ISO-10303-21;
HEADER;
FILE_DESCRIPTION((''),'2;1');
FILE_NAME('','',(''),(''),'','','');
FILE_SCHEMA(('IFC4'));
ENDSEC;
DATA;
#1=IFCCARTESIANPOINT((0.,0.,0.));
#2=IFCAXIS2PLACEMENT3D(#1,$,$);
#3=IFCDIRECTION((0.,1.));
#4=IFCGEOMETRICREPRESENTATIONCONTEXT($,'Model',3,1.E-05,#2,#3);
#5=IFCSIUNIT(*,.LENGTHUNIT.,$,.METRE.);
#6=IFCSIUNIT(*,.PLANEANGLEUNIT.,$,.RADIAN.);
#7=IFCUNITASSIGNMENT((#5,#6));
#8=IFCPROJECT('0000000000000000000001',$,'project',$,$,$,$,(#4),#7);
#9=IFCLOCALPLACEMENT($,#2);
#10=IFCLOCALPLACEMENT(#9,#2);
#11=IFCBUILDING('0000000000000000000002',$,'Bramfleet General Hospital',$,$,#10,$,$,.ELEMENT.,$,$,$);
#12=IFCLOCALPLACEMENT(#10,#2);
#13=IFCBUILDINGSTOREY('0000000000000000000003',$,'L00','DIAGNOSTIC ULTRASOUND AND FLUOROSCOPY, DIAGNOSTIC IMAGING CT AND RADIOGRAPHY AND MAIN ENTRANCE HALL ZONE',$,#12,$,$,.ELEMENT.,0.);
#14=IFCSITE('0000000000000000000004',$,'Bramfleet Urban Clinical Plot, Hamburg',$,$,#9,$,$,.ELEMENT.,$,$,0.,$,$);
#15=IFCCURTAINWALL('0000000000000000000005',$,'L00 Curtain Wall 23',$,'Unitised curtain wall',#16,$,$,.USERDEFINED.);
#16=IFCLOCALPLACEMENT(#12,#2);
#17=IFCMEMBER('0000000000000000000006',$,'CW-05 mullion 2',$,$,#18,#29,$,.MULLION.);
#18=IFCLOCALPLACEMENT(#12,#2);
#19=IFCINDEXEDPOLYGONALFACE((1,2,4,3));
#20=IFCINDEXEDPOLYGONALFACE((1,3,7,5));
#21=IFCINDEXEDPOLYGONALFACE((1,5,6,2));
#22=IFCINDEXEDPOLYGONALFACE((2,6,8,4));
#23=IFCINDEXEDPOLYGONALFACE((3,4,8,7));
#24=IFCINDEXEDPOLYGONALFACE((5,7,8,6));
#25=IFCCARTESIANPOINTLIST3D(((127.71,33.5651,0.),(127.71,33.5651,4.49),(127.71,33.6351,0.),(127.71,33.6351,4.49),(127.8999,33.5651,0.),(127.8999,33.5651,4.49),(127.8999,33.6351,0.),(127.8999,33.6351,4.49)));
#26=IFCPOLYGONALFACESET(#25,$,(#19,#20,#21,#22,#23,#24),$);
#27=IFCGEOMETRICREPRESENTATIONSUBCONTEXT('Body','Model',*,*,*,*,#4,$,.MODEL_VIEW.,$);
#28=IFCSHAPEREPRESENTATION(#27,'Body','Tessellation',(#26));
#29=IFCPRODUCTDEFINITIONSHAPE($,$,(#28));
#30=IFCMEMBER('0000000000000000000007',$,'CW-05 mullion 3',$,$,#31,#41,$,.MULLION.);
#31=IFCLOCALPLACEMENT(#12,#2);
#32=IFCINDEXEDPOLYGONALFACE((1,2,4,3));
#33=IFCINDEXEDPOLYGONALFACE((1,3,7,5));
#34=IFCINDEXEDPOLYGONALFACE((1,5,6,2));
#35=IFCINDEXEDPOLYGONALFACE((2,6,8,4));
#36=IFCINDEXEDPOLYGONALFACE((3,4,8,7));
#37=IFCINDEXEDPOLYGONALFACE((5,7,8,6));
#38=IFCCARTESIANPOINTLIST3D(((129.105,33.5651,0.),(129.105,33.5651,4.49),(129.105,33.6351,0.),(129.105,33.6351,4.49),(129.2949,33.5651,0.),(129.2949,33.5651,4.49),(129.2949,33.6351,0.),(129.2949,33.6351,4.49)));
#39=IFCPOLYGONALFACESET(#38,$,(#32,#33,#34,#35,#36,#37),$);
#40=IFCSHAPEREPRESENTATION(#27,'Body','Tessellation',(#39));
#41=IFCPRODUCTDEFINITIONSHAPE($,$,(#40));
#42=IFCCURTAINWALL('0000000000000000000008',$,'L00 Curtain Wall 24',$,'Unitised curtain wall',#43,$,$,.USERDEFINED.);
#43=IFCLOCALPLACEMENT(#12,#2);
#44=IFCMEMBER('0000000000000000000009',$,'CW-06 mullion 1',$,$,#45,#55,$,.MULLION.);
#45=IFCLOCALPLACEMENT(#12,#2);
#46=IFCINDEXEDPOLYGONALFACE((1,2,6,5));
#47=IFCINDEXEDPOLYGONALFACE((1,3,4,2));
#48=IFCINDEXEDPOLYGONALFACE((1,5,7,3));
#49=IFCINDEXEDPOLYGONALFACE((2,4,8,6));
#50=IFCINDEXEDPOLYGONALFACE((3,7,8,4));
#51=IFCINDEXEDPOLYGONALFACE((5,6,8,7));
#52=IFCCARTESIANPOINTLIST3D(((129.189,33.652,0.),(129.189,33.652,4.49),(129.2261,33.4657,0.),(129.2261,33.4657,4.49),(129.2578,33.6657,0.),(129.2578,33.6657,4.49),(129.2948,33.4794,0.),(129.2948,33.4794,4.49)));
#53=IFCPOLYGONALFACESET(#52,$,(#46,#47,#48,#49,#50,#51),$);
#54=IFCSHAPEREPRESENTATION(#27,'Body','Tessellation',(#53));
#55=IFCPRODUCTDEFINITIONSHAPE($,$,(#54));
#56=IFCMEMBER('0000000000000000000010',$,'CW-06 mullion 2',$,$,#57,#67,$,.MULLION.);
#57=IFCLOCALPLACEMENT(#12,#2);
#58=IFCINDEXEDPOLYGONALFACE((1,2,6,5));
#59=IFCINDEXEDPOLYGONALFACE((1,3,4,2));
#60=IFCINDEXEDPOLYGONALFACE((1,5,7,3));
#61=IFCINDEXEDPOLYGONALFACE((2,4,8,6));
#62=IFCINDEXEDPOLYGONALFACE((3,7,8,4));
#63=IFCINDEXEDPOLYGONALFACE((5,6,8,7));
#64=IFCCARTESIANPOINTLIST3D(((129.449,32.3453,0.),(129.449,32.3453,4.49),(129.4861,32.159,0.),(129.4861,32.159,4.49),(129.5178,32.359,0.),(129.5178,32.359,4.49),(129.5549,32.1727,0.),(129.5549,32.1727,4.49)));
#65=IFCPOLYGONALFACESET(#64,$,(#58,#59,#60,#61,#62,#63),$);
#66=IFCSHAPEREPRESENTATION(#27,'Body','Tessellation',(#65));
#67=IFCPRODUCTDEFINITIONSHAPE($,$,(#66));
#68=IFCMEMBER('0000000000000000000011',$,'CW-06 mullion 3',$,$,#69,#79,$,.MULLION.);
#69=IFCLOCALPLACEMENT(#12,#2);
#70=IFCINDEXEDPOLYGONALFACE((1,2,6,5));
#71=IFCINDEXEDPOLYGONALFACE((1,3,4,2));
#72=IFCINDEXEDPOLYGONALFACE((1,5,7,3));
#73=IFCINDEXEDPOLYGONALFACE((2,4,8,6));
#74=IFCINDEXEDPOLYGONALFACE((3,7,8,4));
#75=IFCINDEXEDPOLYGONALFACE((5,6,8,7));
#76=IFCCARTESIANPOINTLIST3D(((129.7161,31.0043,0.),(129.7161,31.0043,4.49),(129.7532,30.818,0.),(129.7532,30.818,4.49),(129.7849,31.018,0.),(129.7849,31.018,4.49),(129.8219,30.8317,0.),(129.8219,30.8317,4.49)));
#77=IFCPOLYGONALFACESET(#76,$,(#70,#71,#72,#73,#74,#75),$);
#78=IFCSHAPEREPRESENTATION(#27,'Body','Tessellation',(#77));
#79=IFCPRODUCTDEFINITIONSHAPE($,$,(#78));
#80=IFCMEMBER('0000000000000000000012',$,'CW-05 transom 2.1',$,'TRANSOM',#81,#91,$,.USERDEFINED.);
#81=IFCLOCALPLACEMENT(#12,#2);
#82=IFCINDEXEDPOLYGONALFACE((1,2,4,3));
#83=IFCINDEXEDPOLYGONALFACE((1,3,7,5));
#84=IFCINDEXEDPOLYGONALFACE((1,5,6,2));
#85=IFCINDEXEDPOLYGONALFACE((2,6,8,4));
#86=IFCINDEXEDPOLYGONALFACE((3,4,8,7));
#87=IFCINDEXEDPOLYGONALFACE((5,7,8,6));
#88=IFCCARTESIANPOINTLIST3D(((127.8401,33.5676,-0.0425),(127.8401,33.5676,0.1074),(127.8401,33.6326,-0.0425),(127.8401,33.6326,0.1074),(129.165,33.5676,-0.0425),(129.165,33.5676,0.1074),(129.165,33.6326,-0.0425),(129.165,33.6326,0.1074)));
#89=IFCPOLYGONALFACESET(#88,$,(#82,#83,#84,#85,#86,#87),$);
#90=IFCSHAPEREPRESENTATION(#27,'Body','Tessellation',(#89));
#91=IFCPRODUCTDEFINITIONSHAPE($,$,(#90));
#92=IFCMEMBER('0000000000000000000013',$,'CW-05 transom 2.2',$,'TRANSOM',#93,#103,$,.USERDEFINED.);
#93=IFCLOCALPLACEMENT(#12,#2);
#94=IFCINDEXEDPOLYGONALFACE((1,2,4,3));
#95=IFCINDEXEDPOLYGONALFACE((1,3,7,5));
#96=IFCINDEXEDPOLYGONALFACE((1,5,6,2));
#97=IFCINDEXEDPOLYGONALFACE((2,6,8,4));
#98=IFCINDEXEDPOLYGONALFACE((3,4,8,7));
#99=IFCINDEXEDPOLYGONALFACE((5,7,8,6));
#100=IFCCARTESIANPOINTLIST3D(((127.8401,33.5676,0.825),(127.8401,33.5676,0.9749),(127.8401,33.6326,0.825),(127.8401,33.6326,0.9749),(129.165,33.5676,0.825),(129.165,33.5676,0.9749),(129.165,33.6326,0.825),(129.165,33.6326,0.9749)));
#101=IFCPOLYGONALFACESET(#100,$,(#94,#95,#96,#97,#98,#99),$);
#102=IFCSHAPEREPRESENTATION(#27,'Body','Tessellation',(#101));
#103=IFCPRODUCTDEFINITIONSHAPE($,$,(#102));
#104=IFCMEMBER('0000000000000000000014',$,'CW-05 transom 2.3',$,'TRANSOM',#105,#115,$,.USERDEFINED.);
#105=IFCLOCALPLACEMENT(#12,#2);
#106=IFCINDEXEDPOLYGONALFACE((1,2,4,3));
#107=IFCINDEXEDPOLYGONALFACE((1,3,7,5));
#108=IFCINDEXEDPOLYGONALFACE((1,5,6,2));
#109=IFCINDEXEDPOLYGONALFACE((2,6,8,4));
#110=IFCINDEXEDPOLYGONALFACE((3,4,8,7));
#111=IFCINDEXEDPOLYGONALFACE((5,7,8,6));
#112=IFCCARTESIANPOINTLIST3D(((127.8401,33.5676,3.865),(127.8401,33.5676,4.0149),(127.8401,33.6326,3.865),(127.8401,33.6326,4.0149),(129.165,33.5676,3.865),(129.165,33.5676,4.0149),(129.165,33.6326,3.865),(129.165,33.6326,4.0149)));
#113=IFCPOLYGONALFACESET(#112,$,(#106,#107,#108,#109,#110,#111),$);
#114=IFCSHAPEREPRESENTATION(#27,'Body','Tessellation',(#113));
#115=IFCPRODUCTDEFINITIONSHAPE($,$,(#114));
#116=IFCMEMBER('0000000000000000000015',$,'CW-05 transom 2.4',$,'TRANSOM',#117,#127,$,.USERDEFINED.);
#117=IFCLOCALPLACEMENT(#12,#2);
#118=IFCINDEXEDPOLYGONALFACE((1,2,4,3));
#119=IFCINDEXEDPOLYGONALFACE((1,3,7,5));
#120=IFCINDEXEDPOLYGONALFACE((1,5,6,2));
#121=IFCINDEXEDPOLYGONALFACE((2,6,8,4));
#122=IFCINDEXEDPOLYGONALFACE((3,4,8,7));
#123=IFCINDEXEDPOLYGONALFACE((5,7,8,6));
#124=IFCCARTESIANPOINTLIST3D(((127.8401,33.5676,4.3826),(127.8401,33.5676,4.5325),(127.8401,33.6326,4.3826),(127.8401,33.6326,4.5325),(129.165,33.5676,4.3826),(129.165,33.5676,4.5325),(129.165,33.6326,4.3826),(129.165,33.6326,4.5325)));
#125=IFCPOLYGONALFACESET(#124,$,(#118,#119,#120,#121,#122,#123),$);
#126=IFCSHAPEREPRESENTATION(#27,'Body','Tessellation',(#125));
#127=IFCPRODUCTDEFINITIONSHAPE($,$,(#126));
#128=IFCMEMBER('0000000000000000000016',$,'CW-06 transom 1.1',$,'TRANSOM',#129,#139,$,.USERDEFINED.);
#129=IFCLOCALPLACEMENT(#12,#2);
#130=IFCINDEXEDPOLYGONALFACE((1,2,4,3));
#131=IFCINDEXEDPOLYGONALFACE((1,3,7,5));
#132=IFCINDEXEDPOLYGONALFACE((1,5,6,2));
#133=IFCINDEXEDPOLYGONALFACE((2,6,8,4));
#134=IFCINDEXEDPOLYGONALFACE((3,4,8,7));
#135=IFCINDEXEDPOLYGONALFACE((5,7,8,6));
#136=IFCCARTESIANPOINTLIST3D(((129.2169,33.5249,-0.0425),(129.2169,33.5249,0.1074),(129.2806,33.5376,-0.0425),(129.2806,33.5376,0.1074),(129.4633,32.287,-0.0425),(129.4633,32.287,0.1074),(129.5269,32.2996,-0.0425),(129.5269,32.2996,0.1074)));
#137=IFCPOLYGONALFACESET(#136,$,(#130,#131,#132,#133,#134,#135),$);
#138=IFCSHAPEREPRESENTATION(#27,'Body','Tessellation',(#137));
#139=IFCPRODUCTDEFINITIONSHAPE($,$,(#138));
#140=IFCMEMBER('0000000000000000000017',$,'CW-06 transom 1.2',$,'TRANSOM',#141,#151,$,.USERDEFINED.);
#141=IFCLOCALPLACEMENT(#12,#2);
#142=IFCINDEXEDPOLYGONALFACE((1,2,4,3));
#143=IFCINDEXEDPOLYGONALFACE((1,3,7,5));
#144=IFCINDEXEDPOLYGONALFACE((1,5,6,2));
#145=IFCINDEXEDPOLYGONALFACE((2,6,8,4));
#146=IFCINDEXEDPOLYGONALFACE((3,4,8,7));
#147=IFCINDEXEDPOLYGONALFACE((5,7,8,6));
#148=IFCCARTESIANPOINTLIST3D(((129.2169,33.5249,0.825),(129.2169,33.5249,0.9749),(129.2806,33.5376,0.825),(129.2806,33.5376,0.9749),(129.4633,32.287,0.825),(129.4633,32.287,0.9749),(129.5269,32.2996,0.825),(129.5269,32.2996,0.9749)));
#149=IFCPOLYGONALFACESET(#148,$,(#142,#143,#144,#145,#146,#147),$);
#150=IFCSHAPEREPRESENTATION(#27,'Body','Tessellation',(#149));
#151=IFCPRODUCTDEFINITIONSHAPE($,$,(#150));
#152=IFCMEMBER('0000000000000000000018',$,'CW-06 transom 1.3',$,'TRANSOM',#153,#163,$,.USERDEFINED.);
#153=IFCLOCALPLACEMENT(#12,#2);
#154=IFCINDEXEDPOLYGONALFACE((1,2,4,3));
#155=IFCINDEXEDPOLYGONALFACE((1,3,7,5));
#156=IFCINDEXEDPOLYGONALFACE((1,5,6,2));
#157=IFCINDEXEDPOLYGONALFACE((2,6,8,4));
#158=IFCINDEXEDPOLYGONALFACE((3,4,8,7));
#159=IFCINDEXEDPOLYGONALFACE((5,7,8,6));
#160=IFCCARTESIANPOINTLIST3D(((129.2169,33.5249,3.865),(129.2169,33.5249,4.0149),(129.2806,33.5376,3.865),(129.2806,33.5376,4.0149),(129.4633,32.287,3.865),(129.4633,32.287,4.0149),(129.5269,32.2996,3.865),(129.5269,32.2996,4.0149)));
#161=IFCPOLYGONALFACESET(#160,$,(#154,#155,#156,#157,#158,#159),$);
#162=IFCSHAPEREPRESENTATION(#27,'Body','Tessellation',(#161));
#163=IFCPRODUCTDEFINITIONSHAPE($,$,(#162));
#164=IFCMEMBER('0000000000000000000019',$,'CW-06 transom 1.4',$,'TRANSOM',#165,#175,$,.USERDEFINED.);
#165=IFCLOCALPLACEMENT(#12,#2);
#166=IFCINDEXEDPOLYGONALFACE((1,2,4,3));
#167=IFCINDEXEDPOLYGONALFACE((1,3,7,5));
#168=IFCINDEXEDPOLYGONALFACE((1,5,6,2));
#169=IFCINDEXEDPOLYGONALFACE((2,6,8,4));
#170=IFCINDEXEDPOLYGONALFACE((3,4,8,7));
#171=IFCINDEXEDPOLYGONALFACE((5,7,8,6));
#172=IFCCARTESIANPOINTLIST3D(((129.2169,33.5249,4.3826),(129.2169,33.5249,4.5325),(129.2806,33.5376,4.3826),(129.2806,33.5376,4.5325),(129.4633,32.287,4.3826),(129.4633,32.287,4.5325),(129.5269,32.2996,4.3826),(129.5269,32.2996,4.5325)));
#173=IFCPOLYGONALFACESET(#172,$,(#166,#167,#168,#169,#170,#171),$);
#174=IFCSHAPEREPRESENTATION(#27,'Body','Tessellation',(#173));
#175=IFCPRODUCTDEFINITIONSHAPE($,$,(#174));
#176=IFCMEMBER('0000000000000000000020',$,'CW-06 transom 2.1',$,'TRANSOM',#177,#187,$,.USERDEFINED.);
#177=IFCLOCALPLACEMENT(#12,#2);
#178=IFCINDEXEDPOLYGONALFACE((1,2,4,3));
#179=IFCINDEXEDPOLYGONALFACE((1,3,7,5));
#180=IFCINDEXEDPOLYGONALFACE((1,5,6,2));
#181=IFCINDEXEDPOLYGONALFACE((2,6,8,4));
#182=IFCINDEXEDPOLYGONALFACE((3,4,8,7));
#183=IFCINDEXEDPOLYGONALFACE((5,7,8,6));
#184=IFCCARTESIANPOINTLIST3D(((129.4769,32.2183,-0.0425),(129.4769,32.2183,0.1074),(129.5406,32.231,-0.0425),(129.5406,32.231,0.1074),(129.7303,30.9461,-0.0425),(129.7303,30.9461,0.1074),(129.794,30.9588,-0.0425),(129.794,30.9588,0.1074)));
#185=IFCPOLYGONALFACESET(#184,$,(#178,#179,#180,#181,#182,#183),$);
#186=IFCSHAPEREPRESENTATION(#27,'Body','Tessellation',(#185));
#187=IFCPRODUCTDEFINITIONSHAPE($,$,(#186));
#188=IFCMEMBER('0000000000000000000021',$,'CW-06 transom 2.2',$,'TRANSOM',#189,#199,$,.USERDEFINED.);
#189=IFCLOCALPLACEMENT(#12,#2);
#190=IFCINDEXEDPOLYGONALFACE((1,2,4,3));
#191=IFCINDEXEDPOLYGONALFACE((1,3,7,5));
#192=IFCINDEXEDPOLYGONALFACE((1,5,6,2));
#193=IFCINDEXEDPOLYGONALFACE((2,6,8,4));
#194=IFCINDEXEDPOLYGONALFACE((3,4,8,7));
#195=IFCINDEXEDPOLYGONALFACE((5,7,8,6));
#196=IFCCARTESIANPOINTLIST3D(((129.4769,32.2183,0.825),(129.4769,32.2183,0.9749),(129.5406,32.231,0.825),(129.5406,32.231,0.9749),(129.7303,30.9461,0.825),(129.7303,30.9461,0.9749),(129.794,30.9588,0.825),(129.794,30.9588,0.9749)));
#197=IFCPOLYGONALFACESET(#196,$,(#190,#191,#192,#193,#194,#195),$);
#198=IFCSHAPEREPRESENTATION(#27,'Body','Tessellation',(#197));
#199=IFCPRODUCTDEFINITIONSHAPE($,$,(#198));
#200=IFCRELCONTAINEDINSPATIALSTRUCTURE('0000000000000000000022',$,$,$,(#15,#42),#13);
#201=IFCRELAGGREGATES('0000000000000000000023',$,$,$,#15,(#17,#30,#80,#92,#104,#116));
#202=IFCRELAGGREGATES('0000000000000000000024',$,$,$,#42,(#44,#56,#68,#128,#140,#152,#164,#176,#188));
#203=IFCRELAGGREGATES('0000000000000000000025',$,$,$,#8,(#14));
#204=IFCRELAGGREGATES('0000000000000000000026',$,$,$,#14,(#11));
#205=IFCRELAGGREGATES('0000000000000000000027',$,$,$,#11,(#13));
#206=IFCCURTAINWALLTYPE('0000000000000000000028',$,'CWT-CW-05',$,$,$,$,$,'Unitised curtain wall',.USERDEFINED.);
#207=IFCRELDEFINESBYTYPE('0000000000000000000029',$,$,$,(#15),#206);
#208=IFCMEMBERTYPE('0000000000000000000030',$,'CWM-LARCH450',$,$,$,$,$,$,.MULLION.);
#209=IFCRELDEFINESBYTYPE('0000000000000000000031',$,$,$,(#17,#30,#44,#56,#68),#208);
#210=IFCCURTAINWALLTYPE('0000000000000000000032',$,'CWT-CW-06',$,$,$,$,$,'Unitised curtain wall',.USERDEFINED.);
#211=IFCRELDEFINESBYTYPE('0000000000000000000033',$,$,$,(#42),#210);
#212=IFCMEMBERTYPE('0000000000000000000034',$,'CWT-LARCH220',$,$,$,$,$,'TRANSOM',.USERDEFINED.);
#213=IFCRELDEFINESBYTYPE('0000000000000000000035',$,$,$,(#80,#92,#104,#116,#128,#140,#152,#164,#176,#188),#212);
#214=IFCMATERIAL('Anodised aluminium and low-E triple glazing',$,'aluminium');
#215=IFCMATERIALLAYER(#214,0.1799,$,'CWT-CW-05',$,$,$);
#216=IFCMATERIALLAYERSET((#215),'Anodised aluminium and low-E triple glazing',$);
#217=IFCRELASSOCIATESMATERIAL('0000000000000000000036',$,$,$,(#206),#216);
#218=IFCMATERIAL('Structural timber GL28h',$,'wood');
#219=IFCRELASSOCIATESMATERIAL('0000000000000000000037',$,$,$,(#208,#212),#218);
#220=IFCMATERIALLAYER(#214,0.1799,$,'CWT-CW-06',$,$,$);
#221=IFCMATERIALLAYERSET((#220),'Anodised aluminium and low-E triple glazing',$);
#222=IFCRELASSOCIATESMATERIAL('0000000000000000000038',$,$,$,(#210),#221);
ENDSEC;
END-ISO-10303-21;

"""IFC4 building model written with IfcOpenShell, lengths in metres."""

from ifc_helpers import new_model, si_unit, direction, frame, origin, origin_2d, place, context, subcontext, project, spatial, rectangle, extrude, material, layer, layer_set, material_profile, profile_set, type_object, element, aggregate, save


model = new_model("IFC4")

# Units and contexts
model_context = context("Model", 3, precision=1e-05, world=origin(), true_north=direction((0.0, 1.0)))
body_context = subcontext(model_context, "Body", "Model", "MODEL_VIEW")
ifc_project = project(units=[si_unit("LENGTHUNIT", "METRE"), si_unit("PLANEANGLEUNIT", "RADIAN")], contexts=[model_context])

# Site, building, storey
site_placement = place(None, origin())
site = spatial("IfcSite", under=ifc_project, at=site_placement, Name="Bramfleet Urban Clinical Plot, Hamburg", CompositionType="ELEMENT", RefElevation=0.0)
building_placement = place(site_placement, origin())
building = spatial("IfcBuilding", under=site, at=building_placement, Name="Bramfleet General Hospital", CompositionType="ELEMENT")
storey_placement = place(building_placement, origin())
storey = spatial("IfcBuildingStorey", under=building, at=storey_placement, Name="L00", Description="DIAGNOSTIC ULTRASOUND AND FLUOROSCOPY, DIAGNOSTIC IMAGING CT AND RADIOGRAPHY AND MAIN ENTRANCE HALL ZONE", CompositionType="ELEMENT", Elevation=0.0)

# Curtain walls, members
ifc_material_1 = material(Name="Anodised aluminium and low-E triple glazing", Category="aluminium")
ifc_layer_1 = layer(ifc_material_1, 0.1799, Name="CWT-CW-05")
ifc_layer_set_1 = layer_set([ifc_layer_1], Name="Anodised aluminium and low-E triple glazing")
curtain_wall_type_1 = type_object("IfcCurtainWallType", Name="CWT-CW-05", ElementType="Unitised curtain wall", PredefinedType="USERDEFINED", material=ifc_layer_set_1)
curtain_wall_1_placement = place(storey_placement, origin())
curtain_wall_1 = element("IfcCurtainWall", 1, at=curtain_wall_1_placement, inside=storey, type_object=curtain_wall_type_1, Name="L00 Curtain Wall 23", ObjectType="Unitised curtain wall", PredefinedType="USERDEFINED")
ifc_material_2 = material(Name="Structural timber GL28h", Category="wood")
ifc_material_profile_1 = material_profile(ifc_material_2, rectangle(XDim=0.0701, YDim=0.1899, at=origin_2d()), Name="LARCH 190x70")
ifc_profile_set_1 = profile_set([ifc_material_profile_1], Name="Structural timber GL28h")
member_type_1 = type_object("IfcMemberType", Name="CWM-LARCH450", PredefinedType="MULLION", material=ifc_profile_set_1)
member_1_placement = place(storey_placement, frame((127.8049, 33.6001, 0.0), z_axis=(0.0, 0.0, 1.0), x_axis=(0.0, 1.0, 0.0)))
member_1 = element("IfcMember", 2, at=member_1_placement, type_object=member_type_1, Name="CW-05 mullion 2", PredefinedType="MULLION", context=body_context, shape_type="SweptSolid", body=[
    extrude(rectangle(XDim=0.0701, YDim=0.1899, at=origin_2d()), origin(), (0.0, 0.0, 1.0), 4.49),
])
member_2_placement = place(storey_placement, frame((129.2, 33.6001, 0.0), z_axis=(0.0, 0.0, 1.0), x_axis=(0.0, 1.0, 0.0)))
member_2 = element("IfcMember", 3, at=member_2_placement, type_object=member_type_1, Name="CW-05 mullion 3", PredefinedType="MULLION", context=body_context, shape_type="SweptSolid", body=[
    extrude(rectangle(XDim=0.0701, YDim=0.1899, at=origin_2d()), origin(), (0.0, 0.0, 1.0), 4.49),
])
ifc_layer_2 = layer(ifc_material_1, 0.1799, Name="CWT-CW-06")
ifc_layer_set_2 = layer_set([ifc_layer_2], Name="Anodised aluminium and low-E triple glazing")
curtain_wall_type_2 = type_object("IfcCurtainWallType", Name="CWT-CW-06", ElementType="Unitised curtain wall", PredefinedType="USERDEFINED", material=ifc_layer_set_2)
curtain_wall_2_placement = place(storey_placement, origin())
curtain_wall_2 = element("IfcCurtainWall", 4, at=curtain_wall_2_placement, inside=storey, type_object=curtain_wall_type_2, Name="L00 Curtain Wall 24", ObjectType="Unitised curtain wall", PredefinedType="USERDEFINED")
member_3_placement = place(storey_placement, frame((129.2419, 33.5657, 0.0), z_axis=(0.0, 0.0, 1.0), x_axis=(0.980749, 0.195272, 0.0)))
member_3 = element("IfcMember", 5, at=member_3_placement, type_object=member_type_1, Name="CW-06 mullion 1", PredefinedType="MULLION", context=body_context, shape_type="SweptSolid", body=[
    extrude(rectangle(XDim=0.0701, YDim=0.1899, at=origin_2d()), origin(), (0.0, 0.0, 1.0), 4.49),
])
member_4_placement = place(storey_placement, frame((129.502, 32.259, 0.0), z_axis=(0.0, 0.0, 1.0), x_axis=(0.980749, 0.195272, 0.0)))
member_4 = element("IfcMember", 6, at=member_4_placement, type_object=member_type_1, Name="CW-06 mullion 2", PredefinedType="MULLION", context=body_context, shape_type="SweptSolid", body=[
    extrude(rectangle(XDim=0.0701, YDim=0.1899, at=origin_2d()), origin(), (0.0, 0.0, 1.0), 4.49),
])
member_5_placement = place(storey_placement, frame((129.769, 30.918, 0.0), z_axis=(0.0, 0.0, 1.0), x_axis=(0.980749, 0.195272, 0.0)))
member_5 = element("IfcMember", 7, at=member_5_placement, type_object=member_type_1, Name="CW-06 mullion 3", PredefinedType="MULLION", context=body_context, shape_type="SweptSolid", body=[
    extrude(rectangle(XDim=0.0701, YDim=0.1899, at=origin_2d()), origin(), (0.0, 0.0, 1.0), 4.49),
])

# Members
ifc_material_profile_2 = material_profile(ifc_material_2, rectangle(XDim=0.0649, YDim=0.1499, at=origin_2d()), Name="LARCH 150x65")
ifc_profile_set_2 = profile_set([ifc_material_profile_2], Name="Structural timber GL28h")
member_type_2 = type_object("IfcMemberType", Name="CWT-LARCH220", ElementType="TRANSOM", PredefinedType="USERDEFINED", material=ifc_profile_set_2)
member_6_placement = place(storey_placement, frame((127.8401, 33.6001, 0.0325), z_axis=(1.0, 0.0, 0.0), x_axis=(0.0, 1.0, 0.0)))
member_6 = element("IfcMember", 8, at=member_6_placement, type_object=member_type_2, Name="CW-05 transom 2.1", ObjectType="TRANSOM", PredefinedType="USERDEFINED", context=body_context, shape_type="SweptSolid", body=[
    extrude(rectangle(XDim=0.0649, YDim=0.1499, at=origin_2d()), origin(), (0.0, 0.0, 1.0), 1.325),
])
member_7_placement = place(storey_placement, frame((127.8401, 33.6001, 0.8999), z_axis=(1.0, 0.0, 0.0), x_axis=(0.0, 1.0, 0.0)))
member_7 = element("IfcMember", 9, at=member_7_placement, type_object=member_type_2, Name="CW-05 transom 2.2", ObjectType="TRANSOM", PredefinedType="USERDEFINED", context=body_context, shape_type="SweptSolid", body=[
    extrude(rectangle(XDim=0.0649, YDim=0.1499, at=origin_2d()), origin(), (0.0, 0.0, 1.0), 1.325),
])
member_8_placement = place(storey_placement, frame((127.8401, 33.6001, 3.9399), z_axis=(1.0, 0.0, 0.0), x_axis=(0.0, 1.0, 0.0)))
member_8 = element("IfcMember", 10, at=member_8_placement, type_object=member_type_2, Name="CW-05 transom 2.3", ObjectType="TRANSOM", PredefinedType="USERDEFINED", context=body_context, shape_type="SweptSolid", body=[
    extrude(rectangle(XDim=0.0649, YDim=0.1499, at=origin_2d()), origin(), (0.0, 0.0, 1.0), 1.325),
])
member_9_placement = place(storey_placement, frame((127.8401, 33.6001, 4.4575), z_axis=(1.0, 0.0, 0.0), x_axis=(0.0, 1.0, 0.0)))
member_9 = element("IfcMember", 11, at=member_9_placement, type_object=member_type_2, Name="CW-05 transom 2.4", ObjectType="TRANSOM", PredefinedType="USERDEFINED", context=body_context, shape_type="SweptSolid", body=[
    extrude(rectangle(XDim=0.0649, YDim=0.1499, at=origin_2d()), origin(), (0.0, 0.0, 1.0), 1.325),
])
member_10_placement = place(storey_placement, frame((129.2488, 33.5312, 0.0325), z_axis=(0.195149, -0.980774, 0.0), x_axis=(0.980774, 0.195149, 0.0)))
member_10 = element("IfcMember", 12, at=member_10_placement, type_object=member_type_2, Name="CW-06 transom 1.1", ObjectType="TRANSOM", PredefinedType="USERDEFINED", context=body_context, shape_type="SweptSolid", body=[
    extrude(rectangle(XDim=0.0649, YDim=0.1499, at=origin_2d()), origin(), (0.0, 0.0, 1.0), 1.2622),
])
member_11_placement = place(storey_placement, frame((129.2488, 33.5312, 0.8999), z_axis=(0.195149, -0.980774, 0.0), x_axis=(0.980774, 0.195149, 0.0)))
member_11 = element("IfcMember", 13, at=member_11_placement, type_object=member_type_2, Name="CW-06 transom 1.2", ObjectType="TRANSOM", PredefinedType="USERDEFINED", context=body_context, shape_type="SweptSolid", body=[
    extrude(rectangle(XDim=0.0649, YDim=0.1499, at=origin_2d()), origin(), (0.0, 0.0, 1.0), 1.2622),
])
member_12_placement = place(storey_placement, frame((129.2488, 33.5312, 3.9399), z_axis=(0.195149, -0.980774, 0.0), x_axis=(0.980774, 0.195149, 0.0)))
member_12 = element("IfcMember", 14, at=member_12_placement, type_object=member_type_2, Name="CW-06 transom 1.3", ObjectType="TRANSOM", PredefinedType="USERDEFINED", context=body_context, shape_type="SweptSolid", body=[
    extrude(rectangle(XDim=0.0649, YDim=0.1499, at=origin_2d()), origin(), (0.0, 0.0, 1.0), 1.2622),
])
member_13_placement = place(storey_placement, frame((129.2488, 33.5312, 4.4575), z_axis=(0.195149, -0.980774, 0.0), x_axis=(0.980774, 0.195149, 0.0)))
member_13 = element("IfcMember", 15, at=member_13_placement, type_object=member_type_2, Name="CW-06 transom 1.4", ObjectType="TRANSOM", PredefinedType="USERDEFINED", context=body_context, shape_type="SweptSolid", body=[
    extrude(rectangle(XDim=0.0649, YDim=0.1499, at=origin_2d()), origin(), (0.0, 0.0, 1.0), 1.2622),
])
member_14_placement = place(storey_placement, frame((129.5088, 32.2246, 0.0325), z_axis=(0.195356, -0.980732, 0.0), x_axis=(0.980732, 0.195356, 0.0)))
member_14 = element("IfcMember", 16, at=member_14_placement, type_object=member_type_2, Name="CW-06 transom 2.1", ObjectType="TRANSOM", PredefinedType="USERDEFINED", context=body_context, shape_type="SweptSolid", body=[
    extrude(rectangle(XDim=0.0649, YDim=0.1499, at=origin_2d()), origin(), (0.0, 0.0, 1.0), 1.2971),
])
member_15_placement = place(storey_placement, frame((129.5088, 32.2246, 0.8999), z_axis=(0.195356, -0.980732, 0.0), x_axis=(0.980732, 0.195356, 0.0)))
member_15 = element("IfcMember", 17, at=member_15_placement, type_object=member_type_2, Name="CW-06 transom 2.2", ObjectType="TRANSOM", PredefinedType="USERDEFINED", context=body_context, shape_type="SweptSolid", body=[
    extrude(rectangle(XDim=0.0649, YDim=0.1499, at=origin_2d()), origin(), (0.0, 0.0, 1.0), 1.2971),
])

aggregate(curtain_wall_1, [member_1, member_2, member_6, member_7, member_8, member_9])
aggregate(curtain_wall_2, [member_3, member_4, member_5, member_10, member_11, member_12, member_13, member_14, member_15])

save(model, "model.ifc")
